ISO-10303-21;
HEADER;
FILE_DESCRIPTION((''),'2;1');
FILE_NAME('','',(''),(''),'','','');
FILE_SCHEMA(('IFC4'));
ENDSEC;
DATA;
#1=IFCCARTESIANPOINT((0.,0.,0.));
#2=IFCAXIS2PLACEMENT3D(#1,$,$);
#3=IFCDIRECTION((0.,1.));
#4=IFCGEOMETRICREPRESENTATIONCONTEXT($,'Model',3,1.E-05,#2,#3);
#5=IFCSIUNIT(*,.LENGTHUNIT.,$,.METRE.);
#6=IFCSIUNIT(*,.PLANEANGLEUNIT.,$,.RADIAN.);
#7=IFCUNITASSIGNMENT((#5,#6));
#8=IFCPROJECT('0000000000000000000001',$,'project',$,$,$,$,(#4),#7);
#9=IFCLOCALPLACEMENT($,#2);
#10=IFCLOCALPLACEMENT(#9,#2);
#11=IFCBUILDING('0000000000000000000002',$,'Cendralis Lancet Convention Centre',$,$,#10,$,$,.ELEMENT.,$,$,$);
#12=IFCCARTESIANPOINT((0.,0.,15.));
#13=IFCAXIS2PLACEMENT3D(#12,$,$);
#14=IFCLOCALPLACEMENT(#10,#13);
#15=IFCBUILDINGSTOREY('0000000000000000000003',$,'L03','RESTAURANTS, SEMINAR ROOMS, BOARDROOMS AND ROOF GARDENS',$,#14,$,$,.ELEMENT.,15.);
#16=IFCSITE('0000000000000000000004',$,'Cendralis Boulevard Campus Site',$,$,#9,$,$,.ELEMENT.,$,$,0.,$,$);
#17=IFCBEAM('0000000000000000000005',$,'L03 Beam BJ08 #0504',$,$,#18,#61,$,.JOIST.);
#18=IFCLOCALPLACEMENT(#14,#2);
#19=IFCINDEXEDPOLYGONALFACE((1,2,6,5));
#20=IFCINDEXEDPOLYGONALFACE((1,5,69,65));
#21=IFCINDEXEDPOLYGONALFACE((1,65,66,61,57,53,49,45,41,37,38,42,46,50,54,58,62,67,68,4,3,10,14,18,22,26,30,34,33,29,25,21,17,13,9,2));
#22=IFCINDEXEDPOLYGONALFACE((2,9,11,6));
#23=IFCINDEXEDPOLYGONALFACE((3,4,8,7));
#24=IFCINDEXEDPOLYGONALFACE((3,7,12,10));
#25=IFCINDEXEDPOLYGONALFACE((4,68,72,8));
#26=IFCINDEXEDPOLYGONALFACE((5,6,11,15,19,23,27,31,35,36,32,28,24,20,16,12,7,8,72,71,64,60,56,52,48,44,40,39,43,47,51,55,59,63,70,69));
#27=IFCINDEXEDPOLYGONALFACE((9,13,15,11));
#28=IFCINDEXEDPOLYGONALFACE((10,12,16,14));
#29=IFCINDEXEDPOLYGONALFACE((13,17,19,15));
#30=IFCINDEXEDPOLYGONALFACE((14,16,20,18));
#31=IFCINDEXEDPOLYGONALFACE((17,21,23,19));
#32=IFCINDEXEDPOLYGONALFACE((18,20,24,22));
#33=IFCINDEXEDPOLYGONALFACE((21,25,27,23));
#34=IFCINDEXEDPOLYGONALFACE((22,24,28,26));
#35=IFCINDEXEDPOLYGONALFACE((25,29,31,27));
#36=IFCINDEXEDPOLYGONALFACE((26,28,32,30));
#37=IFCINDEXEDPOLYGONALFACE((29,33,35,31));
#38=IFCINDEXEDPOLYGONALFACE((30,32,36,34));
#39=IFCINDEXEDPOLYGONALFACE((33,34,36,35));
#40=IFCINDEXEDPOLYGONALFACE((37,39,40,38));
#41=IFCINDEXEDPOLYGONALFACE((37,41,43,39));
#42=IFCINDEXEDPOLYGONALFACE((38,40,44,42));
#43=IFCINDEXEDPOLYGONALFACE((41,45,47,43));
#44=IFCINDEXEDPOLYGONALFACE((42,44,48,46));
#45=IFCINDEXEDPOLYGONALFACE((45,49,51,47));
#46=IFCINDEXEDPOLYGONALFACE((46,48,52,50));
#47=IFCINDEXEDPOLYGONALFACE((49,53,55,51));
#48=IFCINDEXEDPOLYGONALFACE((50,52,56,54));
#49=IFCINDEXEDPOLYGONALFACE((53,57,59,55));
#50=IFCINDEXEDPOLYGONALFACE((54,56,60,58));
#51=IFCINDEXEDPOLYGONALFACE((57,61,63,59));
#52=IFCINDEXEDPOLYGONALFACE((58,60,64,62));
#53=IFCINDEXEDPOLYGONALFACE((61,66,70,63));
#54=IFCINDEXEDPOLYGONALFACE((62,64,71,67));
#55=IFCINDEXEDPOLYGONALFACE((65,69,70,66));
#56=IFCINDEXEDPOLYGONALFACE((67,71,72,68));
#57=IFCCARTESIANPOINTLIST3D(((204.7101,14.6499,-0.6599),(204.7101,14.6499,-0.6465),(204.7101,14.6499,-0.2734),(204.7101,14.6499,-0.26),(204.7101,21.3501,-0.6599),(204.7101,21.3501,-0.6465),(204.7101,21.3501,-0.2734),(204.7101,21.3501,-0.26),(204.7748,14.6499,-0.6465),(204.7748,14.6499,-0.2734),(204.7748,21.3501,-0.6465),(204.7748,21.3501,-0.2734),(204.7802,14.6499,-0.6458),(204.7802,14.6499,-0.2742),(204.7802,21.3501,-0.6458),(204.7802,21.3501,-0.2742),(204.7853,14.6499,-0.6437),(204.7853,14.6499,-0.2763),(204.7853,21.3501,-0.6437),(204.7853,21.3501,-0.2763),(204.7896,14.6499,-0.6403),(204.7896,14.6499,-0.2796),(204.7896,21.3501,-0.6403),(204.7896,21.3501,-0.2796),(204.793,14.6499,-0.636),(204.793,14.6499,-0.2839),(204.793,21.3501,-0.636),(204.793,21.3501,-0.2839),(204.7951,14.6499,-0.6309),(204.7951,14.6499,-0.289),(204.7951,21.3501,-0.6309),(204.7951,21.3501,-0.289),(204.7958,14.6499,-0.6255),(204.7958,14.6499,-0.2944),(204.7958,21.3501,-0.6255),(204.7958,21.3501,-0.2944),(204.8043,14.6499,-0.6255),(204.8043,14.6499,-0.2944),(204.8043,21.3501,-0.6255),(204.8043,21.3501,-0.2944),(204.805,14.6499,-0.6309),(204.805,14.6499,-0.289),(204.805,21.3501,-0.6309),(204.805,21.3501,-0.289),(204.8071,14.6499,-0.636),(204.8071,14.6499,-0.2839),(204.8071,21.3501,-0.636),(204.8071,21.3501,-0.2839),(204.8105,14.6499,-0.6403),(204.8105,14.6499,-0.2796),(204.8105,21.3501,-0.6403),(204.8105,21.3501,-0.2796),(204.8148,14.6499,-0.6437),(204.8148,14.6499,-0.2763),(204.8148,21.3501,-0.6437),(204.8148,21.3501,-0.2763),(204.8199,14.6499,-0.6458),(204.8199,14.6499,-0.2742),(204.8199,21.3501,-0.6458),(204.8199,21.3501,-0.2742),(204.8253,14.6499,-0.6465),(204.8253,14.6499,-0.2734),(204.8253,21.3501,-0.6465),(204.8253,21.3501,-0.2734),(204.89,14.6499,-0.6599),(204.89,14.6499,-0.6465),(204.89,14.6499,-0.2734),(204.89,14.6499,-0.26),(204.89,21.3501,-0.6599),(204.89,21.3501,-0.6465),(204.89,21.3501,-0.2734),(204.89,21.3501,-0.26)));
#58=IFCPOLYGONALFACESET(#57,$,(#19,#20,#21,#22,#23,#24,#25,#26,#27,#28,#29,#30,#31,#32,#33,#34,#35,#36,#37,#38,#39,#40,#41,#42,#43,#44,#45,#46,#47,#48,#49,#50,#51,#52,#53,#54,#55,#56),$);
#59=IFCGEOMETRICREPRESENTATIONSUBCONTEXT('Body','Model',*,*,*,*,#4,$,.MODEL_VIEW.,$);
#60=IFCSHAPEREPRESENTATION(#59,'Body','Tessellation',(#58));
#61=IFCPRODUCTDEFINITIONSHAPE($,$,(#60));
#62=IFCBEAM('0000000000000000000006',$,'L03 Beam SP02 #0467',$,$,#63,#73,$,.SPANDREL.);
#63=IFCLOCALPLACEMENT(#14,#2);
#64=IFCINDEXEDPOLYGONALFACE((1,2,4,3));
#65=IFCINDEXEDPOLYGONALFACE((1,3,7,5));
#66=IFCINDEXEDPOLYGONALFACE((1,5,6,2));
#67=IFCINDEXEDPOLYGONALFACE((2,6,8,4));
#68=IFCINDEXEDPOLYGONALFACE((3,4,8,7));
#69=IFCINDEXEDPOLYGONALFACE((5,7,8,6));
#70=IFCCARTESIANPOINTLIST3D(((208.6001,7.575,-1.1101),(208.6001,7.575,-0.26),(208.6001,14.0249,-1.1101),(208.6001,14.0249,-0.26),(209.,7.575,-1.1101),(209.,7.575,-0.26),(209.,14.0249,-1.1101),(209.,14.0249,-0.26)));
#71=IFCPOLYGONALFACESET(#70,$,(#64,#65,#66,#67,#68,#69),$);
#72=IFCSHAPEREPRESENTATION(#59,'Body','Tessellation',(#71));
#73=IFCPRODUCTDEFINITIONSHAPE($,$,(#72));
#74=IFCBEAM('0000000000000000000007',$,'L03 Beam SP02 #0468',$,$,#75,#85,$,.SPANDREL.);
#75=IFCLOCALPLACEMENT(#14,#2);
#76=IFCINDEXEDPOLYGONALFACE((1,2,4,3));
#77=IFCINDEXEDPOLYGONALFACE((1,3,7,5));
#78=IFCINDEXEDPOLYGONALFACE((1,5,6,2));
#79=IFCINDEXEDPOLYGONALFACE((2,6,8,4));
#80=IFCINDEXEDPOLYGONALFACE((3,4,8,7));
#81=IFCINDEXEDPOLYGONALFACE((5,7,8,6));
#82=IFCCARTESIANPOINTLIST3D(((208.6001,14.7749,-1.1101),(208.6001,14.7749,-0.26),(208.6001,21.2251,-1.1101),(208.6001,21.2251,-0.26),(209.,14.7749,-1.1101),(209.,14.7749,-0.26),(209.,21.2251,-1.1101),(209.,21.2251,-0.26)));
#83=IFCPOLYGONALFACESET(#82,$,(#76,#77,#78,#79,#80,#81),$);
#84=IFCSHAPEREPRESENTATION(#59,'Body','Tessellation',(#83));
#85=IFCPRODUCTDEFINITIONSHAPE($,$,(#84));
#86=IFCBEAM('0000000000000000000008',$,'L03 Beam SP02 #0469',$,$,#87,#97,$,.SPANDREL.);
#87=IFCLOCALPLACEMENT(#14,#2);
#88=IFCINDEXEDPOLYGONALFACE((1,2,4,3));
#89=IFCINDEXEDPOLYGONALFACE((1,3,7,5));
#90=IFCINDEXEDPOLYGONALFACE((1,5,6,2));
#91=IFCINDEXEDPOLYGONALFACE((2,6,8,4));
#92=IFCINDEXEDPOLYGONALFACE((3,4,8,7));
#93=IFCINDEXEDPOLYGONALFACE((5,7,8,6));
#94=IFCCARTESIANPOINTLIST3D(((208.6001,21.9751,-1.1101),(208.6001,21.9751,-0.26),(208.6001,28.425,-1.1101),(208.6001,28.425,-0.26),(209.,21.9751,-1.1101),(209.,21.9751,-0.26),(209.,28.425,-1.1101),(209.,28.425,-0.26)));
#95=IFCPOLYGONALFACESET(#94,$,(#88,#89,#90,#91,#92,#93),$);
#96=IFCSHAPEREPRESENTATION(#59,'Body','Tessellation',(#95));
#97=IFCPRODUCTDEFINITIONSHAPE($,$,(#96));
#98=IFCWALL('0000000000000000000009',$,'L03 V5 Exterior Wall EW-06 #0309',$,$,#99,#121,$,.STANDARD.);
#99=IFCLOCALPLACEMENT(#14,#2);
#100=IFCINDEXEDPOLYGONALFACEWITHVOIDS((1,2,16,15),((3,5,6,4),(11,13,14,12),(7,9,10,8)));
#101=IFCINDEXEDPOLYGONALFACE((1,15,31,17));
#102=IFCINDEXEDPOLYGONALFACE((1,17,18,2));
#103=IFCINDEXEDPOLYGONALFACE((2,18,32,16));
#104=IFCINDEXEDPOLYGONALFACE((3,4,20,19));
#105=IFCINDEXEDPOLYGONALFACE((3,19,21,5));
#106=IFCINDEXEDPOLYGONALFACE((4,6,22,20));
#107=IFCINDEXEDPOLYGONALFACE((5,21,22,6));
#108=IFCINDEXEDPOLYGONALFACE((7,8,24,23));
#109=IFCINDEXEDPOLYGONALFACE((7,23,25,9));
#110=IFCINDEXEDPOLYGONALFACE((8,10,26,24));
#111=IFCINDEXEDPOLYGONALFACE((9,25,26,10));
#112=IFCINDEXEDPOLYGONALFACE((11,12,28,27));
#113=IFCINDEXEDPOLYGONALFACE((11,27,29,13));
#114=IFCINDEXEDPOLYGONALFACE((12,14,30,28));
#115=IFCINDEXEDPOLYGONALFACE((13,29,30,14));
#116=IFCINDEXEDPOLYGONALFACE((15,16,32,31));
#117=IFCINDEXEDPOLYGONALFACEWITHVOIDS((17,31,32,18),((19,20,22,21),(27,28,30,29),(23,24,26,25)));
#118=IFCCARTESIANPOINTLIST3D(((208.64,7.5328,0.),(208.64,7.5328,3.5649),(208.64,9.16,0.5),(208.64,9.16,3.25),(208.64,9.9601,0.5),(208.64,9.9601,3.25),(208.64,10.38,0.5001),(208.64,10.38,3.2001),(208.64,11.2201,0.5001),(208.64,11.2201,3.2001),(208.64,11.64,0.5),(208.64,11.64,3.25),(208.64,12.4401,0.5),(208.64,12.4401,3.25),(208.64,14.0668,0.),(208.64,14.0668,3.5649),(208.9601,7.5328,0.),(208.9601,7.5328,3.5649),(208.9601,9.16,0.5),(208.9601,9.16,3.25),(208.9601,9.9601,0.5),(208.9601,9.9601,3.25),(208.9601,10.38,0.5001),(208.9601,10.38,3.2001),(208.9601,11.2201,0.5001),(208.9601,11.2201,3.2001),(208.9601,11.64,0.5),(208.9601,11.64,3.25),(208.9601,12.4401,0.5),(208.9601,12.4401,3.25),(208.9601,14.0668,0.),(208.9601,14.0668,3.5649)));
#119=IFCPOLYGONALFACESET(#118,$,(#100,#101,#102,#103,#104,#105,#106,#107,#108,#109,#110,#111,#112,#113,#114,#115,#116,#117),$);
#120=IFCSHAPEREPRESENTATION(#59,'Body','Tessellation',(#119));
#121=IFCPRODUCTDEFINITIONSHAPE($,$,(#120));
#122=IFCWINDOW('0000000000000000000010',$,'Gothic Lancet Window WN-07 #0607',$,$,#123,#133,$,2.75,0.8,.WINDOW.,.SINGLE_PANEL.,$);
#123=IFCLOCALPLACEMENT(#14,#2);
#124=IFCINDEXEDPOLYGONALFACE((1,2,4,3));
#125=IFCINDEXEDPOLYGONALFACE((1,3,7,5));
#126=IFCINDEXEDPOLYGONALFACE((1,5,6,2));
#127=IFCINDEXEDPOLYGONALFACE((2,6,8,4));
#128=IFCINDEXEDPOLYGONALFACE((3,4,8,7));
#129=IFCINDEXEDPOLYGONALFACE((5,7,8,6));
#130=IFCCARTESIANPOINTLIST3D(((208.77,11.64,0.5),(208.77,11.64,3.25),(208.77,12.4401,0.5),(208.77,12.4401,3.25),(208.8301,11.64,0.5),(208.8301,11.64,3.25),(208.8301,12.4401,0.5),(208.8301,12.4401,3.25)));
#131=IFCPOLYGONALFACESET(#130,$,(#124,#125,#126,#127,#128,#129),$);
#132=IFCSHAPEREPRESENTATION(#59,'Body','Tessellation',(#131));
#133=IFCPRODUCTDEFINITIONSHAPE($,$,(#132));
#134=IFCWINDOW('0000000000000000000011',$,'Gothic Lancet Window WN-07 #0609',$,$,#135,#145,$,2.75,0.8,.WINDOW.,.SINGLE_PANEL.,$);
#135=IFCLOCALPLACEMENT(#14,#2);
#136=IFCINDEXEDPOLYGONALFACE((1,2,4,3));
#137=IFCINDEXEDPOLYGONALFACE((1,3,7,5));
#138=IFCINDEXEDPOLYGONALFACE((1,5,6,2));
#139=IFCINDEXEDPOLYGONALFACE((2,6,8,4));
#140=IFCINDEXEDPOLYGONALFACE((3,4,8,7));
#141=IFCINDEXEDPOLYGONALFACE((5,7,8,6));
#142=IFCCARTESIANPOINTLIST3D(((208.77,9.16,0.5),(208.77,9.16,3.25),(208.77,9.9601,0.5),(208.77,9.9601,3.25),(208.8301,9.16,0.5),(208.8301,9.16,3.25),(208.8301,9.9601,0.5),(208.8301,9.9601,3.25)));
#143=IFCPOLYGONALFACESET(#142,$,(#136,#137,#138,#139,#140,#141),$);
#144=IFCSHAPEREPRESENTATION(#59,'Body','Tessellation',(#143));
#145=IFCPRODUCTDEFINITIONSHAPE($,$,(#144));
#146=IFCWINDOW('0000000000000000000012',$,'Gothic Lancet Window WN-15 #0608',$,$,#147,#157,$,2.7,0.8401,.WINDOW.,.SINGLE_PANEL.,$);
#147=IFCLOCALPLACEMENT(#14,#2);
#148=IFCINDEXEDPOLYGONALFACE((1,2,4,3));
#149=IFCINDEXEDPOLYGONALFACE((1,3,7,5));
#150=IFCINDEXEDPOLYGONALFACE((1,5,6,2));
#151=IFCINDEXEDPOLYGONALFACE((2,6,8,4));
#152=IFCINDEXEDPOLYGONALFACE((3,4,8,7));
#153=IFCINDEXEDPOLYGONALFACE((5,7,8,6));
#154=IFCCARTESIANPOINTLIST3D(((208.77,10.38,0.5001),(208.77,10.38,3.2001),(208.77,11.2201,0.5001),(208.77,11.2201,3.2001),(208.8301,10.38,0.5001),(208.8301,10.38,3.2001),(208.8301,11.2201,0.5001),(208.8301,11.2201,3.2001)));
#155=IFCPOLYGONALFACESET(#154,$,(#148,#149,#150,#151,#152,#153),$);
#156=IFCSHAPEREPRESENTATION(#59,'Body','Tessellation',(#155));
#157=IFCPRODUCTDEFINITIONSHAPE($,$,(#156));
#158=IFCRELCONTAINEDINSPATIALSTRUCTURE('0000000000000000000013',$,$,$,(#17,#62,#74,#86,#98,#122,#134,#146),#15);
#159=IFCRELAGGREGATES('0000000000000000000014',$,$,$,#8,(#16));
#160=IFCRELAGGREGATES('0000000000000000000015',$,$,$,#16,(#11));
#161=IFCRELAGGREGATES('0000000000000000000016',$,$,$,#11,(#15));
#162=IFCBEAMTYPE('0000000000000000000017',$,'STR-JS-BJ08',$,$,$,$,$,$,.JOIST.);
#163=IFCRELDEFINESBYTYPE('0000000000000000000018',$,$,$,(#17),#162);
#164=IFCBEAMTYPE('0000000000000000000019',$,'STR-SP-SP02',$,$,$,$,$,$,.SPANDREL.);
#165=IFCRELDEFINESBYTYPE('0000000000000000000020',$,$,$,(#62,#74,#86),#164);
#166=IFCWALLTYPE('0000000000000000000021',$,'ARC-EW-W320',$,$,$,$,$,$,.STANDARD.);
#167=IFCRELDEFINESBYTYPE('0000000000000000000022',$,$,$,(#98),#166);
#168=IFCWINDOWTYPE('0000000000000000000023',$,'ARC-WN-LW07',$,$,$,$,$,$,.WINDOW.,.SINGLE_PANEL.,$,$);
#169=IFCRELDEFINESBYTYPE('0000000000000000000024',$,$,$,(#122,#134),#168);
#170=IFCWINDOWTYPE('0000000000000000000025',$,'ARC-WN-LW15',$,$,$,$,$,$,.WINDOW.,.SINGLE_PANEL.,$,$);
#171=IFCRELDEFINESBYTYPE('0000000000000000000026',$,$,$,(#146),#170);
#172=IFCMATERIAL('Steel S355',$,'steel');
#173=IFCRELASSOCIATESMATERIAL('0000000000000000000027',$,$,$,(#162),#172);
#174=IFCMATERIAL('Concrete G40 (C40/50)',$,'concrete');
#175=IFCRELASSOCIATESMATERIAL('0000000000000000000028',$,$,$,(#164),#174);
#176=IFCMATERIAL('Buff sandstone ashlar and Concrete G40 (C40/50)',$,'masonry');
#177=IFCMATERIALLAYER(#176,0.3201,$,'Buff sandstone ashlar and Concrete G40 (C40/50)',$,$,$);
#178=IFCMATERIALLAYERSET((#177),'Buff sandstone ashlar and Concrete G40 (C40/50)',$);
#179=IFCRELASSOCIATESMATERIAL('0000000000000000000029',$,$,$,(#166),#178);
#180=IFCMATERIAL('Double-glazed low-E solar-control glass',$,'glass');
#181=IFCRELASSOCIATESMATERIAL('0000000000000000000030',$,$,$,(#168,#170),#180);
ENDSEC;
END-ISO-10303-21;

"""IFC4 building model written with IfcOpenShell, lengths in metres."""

from ifc_helpers import new_model, si_unit, direction, frame, frame_2d, origin, origin_2d, place, context, subcontext, project, spatial, rectangle, i_section, extrude, material, layer, layer_set, material_profile, profile_set, type_object, element, fill, save


model = new_model("IFC4")

# Units and contexts
model_context = context("Model", 3, precision=1e-05, world=origin(), true_north=direction((0.0, 1.0)))
body_context = subcontext(model_context, "Body", "Model", "MODEL_VIEW")
ifc_project = project(units=[si_unit("LENGTHUNIT", "METRE"), si_unit("PLANEANGLEUNIT", "RADIAN")], contexts=[model_context])

# Site, building, storey
site_placement = place(None, origin())
site = spatial("IfcSite", under=ifc_project, at=site_placement, Name="Cendralis Boulevard Campus Site", CompositionType="ELEMENT", RefElevation=0.0)
building_placement = place(site_placement, origin())
building = spatial("IfcBuilding", under=site, at=building_placement, Name="Cendralis Lancet Convention Centre", CompositionType="ELEMENT")
storey_placement = place(building_placement, frame((0.0, 0.0, 15.0)))
storey = spatial("IfcBuildingStorey", under=building, at=storey_placement, Name="L03", Description="RESTAURANTS, SEMINAR ROOMS, BOARDROOMS AND ROOF GARDENS", CompositionType="ELEMENT", Elevation=15.0)

# Shared definitions
ifc_material_1 = material(Name="Concrete G40 (C40/50)", Category="concrete")

# Beams
ifc_material_2 = material(Name="Steel S355", Category="steel")
ifc_material_profile_1 = material_profile(ifc_material_2, i_section(OverallWidth=0.1799, OverallDepth=0.3999, WebThickness=0.0085, FlangeThickness=0.0134, FilletRadius=0.021, at=origin_2d()), Name="IPE 400")
ifc_profile_set_1 = profile_set([ifc_material_profile_1], Name="Steel S355")
beam_type_1 = type_object("IfcBeamType", Name="STR-JS-BJ08", PredefinedType="JOIST", material=ifc_profile_set_1)
beam_1_placement = place(storey_placement, frame((204.8, 14.6499, -0.46), z_axis=(0.0, 1.0, 0.0), x_axis=(-1.0, 0.0, 0.0)))
element("IfcBeam", 1, at=beam_1_placement, inside=storey, type_object=beam_type_1, Name="L03 Beam BJ08 #0504", PredefinedType="JOIST", context=body_context, shape_type="SweptSolid", body=[
    extrude(i_section(OverallWidth=0.1799, OverallDepth=0.3999, WebThickness=0.0085, FlangeThickness=0.0134, FilletRadius=0.021, at=origin_2d()), origin(), (0.0, 0.0, 1.0), 6.7002),
])
ifc_material_profile_2 = material_profile(ifc_material_1, rectangle(XDim=0.3999, YDim=0.8501, at=origin_2d()), Name="RCB 400x850")
ifc_profile_set_2 = profile_set([ifc_material_profile_2], Name="Concrete G40 (C40/50)")
beam_type_2 = type_object("IfcBeamType", Name="STR-SP-SP02", PredefinedType="SPANDREL", material=ifc_profile_set_2)
beam_2_placement = place(storey_placement, frame((208.8, 7.575, -0.6851), z_axis=(0.0, 1.0, 0.0), x_axis=(-1.0, 0.0, 0.0)))
element("IfcBeam", 2, at=beam_2_placement, inside=storey, type_object=beam_type_2, Name="L03 Beam SP02 #0467", PredefinedType="SPANDREL", context=body_context, shape_type="SweptSolid", body=[
    extrude(rectangle(XDim=0.3999, YDim=0.8501, at=origin_2d()), origin(), (0.0, 0.0, 1.0), 6.45),
])
beam_3_placement = place(storey_placement, frame((208.8, 14.7749, -0.6851), z_axis=(0.0, 1.0, 0.0), x_axis=(-1.0, 0.0, 0.0)))
element("IfcBeam", 3, at=beam_3_placement, inside=storey, type_object=beam_type_2, Name="L03 Beam SP02 #0468", PredefinedType="SPANDREL", context=body_context, shape_type="SweptSolid", body=[
    extrude(rectangle(XDim=0.3999, YDim=0.8501, at=origin_2d()), origin(), (0.0, 0.0, 1.0), 6.4502),
])
beam_4_placement = place(storey_placement, frame((208.8, 21.9751, -0.6851), z_axis=(0.0, 1.0, 0.0), x_axis=(-1.0, 0.0, 0.0)))
element("IfcBeam", 4, at=beam_4_placement, inside=storey, type_object=beam_type_2, Name="L03 Beam SP02 #0469", PredefinedType="SPANDREL", context=body_context, shape_type="SweptSolid", body=[
    extrude(rectangle(XDim=0.3999, YDim=0.8501, at=origin_2d()), origin(), (0.0, 0.0, 1.0), 6.45),
])

# Wall, openings, windows
ifc_material_3 = material(Name="Buff sandstone ashlar and Concrete G40 (C40/50)", Category="masonry")
ifc_layer_1 = layer(ifc_material_3, 0.3201, Name="Buff sandstone ashlar and Concrete G40 (C40/50)")
ifc_layer_set_1 = layer_set([ifc_layer_1], Name="Buff sandstone ashlar and Concrete G40 (C40/50)")
wall_type_1 = type_object("IfcWallType", Name="ARC-EW-W320", PredefinedType="STANDARD", material=ifc_layer_set_1)
wall_1_placement = place(storey_placement, frame((208.8, 14.0669, 0.0), z_axis=(0.0, 0.0, 1.0), x_axis=(0.0, -1.0, 0.0)))
wall_1 = element("IfcWall", 5, at=wall_1_placement, inside=storey, type_object=wall_type_1, Name="L03 V5 Exterior Wall EW-06 #0309", PredefinedType="STANDARD", context=body_context, shape_type="SweptSolid", body=[
    extrude(rectangle(XDim=6.5339, YDim=0.3201, at=frame_2d((3.2671, 0.0))), origin(), (0.0, 0.0, 1.0), 3.5649),
])
opening_1_placement = place(wall_1_placement, frame((1.627, 0.0, 0.5)))
opening_1 = element("IfcOpeningElement", 6, at=opening_1_placement, cuts=wall_1, PredefinedType="OPENING", context=body_context, shape_type="SweptSolid", body=[
    extrude(rectangle(XDim=0.8, YDim=2.75, at=frame_2d((0.3999, 1.375))), frame((0.0, 0.1699, 0.0), z_axis=(0.0, -1.0, 0.0), x_axis=(1.0, 0.0, 0.0)), (0.0, 0.0, 1.0), 0.3401),
])
opening_2_placement = place(wall_1_placement, frame((2.8469, 0.0, 0.5)))
opening_2 = element("IfcOpeningElement", 7, at=opening_2_placement, cuts=wall_1, PredefinedType="OPENING", context=body_context, shape_type="SweptSolid", body=[
    extrude(rectangle(XDim=0.8401, YDim=2.7, at=frame_2d((0.4199, 1.3501))), frame((0.0, 0.1699, 0.0), z_axis=(0.0, -1.0, 0.0), x_axis=(1.0, 0.0, 0.0)), (0.0, 0.0, 1.0), 0.3401),
])
opening_3_placement = place(wall_1_placement, frame((4.1069, 0.0, 0.5)))
opening_3 = element("IfcOpeningElement", 8, at=opening_3_placement, cuts=wall_1, PredefinedType="OPENING", context=body_context, shape_type="SweptSolid", body=[
    extrude(rectangle(XDim=0.8, YDim=2.75, at=frame_2d((0.3999, 1.375))), frame((0.0, 0.1699, 0.0), z_axis=(0.0, -1.0, 0.0), x_axis=(1.0, 0.0, 0.0)), (0.0, 0.0, 1.0), 0.3401),
])
ifc_material_4 = material(Name="Double-glazed low-E solar-control glass", Category="glass")
window_type_1 = type_object("IfcWindowType", Name="ARC-WN-LW07", PartitioningType="SINGLE_PANEL", PredefinedType="WINDOW", material=ifc_material_4)
window_1_placement = place(opening_1_placement, origin())
window_1 = element("IfcWindow", 9, at=window_1_placement, inside=storey, type_object=window_type_1, Name="Gothic Lancet Window WN-07 #0607", OverallHeight=2.75, OverallWidth=0.8, PartitioningType="SINGLE_PANEL", PredefinedType="WINDOW", context=body_context, shape_type="SweptSolid", body=[
    extrude(rectangle(XDim=0.8, YDim=2.75, at=frame_2d((0.3999, 1.375))), frame((0.0, 0.03, 0.0), z_axis=(0.0, -1.0, 0.0), x_axis=(1.0, 0.0, 0.0)), (0.0, 0.0, 1.0), 0.0601),
])
fill(opening_1, window_1)
window_2_placement = place(opening_3_placement, origin())
window_2 = element("IfcWindow", 10, at=window_2_placement, inside=storey, type_object=window_type_1, Name="Gothic Lancet Window WN-07 #0609", OverallHeight=2.75, OverallWidth=0.8, PartitioningType="SINGLE_PANEL", PredefinedType="WINDOW", context=body_context, shape_type="SweptSolid", body=[
    extrude(rectangle(XDim=0.8, YDim=2.75, at=frame_2d((0.3999, 1.375))), frame((0.0, 0.03, 0.0), z_axis=(0.0, -1.0, 0.0), x_axis=(1.0, 0.0, 0.0)), (0.0, 0.0, 1.0), 0.0601),
])
fill(opening_3, window_2)
window_type_2 = type_object("IfcWindowType", Name="ARC-WN-LW15", PartitioningType="SINGLE_PANEL", PredefinedType="WINDOW", material=ifc_material_4)
window_3_placement = place(opening_2_placement, origin())
window_3 = element("IfcWindow", 11, at=window_3_placement, inside=storey, type_object=window_type_2, Name="Gothic Lancet Window WN-15 #0608", OverallHeight=2.7, OverallWidth=0.8401, PartitioningType="SINGLE_PANEL", PredefinedType="WINDOW", context=body_context, shape_type="SweptSolid", body=[
    extrude(rectangle(XDim=0.8401, YDim=2.7, at=frame_2d((0.4199, 1.3501))), frame((0.0, 0.03, 0.0), z_axis=(0.0, -1.0, 0.0), x_axis=(1.0, 0.0, 0.0)), (0.0, 0.0, 1.0), 0.0601),
])
fill(opening_2, window_3)

save(model, "model.ifc")
